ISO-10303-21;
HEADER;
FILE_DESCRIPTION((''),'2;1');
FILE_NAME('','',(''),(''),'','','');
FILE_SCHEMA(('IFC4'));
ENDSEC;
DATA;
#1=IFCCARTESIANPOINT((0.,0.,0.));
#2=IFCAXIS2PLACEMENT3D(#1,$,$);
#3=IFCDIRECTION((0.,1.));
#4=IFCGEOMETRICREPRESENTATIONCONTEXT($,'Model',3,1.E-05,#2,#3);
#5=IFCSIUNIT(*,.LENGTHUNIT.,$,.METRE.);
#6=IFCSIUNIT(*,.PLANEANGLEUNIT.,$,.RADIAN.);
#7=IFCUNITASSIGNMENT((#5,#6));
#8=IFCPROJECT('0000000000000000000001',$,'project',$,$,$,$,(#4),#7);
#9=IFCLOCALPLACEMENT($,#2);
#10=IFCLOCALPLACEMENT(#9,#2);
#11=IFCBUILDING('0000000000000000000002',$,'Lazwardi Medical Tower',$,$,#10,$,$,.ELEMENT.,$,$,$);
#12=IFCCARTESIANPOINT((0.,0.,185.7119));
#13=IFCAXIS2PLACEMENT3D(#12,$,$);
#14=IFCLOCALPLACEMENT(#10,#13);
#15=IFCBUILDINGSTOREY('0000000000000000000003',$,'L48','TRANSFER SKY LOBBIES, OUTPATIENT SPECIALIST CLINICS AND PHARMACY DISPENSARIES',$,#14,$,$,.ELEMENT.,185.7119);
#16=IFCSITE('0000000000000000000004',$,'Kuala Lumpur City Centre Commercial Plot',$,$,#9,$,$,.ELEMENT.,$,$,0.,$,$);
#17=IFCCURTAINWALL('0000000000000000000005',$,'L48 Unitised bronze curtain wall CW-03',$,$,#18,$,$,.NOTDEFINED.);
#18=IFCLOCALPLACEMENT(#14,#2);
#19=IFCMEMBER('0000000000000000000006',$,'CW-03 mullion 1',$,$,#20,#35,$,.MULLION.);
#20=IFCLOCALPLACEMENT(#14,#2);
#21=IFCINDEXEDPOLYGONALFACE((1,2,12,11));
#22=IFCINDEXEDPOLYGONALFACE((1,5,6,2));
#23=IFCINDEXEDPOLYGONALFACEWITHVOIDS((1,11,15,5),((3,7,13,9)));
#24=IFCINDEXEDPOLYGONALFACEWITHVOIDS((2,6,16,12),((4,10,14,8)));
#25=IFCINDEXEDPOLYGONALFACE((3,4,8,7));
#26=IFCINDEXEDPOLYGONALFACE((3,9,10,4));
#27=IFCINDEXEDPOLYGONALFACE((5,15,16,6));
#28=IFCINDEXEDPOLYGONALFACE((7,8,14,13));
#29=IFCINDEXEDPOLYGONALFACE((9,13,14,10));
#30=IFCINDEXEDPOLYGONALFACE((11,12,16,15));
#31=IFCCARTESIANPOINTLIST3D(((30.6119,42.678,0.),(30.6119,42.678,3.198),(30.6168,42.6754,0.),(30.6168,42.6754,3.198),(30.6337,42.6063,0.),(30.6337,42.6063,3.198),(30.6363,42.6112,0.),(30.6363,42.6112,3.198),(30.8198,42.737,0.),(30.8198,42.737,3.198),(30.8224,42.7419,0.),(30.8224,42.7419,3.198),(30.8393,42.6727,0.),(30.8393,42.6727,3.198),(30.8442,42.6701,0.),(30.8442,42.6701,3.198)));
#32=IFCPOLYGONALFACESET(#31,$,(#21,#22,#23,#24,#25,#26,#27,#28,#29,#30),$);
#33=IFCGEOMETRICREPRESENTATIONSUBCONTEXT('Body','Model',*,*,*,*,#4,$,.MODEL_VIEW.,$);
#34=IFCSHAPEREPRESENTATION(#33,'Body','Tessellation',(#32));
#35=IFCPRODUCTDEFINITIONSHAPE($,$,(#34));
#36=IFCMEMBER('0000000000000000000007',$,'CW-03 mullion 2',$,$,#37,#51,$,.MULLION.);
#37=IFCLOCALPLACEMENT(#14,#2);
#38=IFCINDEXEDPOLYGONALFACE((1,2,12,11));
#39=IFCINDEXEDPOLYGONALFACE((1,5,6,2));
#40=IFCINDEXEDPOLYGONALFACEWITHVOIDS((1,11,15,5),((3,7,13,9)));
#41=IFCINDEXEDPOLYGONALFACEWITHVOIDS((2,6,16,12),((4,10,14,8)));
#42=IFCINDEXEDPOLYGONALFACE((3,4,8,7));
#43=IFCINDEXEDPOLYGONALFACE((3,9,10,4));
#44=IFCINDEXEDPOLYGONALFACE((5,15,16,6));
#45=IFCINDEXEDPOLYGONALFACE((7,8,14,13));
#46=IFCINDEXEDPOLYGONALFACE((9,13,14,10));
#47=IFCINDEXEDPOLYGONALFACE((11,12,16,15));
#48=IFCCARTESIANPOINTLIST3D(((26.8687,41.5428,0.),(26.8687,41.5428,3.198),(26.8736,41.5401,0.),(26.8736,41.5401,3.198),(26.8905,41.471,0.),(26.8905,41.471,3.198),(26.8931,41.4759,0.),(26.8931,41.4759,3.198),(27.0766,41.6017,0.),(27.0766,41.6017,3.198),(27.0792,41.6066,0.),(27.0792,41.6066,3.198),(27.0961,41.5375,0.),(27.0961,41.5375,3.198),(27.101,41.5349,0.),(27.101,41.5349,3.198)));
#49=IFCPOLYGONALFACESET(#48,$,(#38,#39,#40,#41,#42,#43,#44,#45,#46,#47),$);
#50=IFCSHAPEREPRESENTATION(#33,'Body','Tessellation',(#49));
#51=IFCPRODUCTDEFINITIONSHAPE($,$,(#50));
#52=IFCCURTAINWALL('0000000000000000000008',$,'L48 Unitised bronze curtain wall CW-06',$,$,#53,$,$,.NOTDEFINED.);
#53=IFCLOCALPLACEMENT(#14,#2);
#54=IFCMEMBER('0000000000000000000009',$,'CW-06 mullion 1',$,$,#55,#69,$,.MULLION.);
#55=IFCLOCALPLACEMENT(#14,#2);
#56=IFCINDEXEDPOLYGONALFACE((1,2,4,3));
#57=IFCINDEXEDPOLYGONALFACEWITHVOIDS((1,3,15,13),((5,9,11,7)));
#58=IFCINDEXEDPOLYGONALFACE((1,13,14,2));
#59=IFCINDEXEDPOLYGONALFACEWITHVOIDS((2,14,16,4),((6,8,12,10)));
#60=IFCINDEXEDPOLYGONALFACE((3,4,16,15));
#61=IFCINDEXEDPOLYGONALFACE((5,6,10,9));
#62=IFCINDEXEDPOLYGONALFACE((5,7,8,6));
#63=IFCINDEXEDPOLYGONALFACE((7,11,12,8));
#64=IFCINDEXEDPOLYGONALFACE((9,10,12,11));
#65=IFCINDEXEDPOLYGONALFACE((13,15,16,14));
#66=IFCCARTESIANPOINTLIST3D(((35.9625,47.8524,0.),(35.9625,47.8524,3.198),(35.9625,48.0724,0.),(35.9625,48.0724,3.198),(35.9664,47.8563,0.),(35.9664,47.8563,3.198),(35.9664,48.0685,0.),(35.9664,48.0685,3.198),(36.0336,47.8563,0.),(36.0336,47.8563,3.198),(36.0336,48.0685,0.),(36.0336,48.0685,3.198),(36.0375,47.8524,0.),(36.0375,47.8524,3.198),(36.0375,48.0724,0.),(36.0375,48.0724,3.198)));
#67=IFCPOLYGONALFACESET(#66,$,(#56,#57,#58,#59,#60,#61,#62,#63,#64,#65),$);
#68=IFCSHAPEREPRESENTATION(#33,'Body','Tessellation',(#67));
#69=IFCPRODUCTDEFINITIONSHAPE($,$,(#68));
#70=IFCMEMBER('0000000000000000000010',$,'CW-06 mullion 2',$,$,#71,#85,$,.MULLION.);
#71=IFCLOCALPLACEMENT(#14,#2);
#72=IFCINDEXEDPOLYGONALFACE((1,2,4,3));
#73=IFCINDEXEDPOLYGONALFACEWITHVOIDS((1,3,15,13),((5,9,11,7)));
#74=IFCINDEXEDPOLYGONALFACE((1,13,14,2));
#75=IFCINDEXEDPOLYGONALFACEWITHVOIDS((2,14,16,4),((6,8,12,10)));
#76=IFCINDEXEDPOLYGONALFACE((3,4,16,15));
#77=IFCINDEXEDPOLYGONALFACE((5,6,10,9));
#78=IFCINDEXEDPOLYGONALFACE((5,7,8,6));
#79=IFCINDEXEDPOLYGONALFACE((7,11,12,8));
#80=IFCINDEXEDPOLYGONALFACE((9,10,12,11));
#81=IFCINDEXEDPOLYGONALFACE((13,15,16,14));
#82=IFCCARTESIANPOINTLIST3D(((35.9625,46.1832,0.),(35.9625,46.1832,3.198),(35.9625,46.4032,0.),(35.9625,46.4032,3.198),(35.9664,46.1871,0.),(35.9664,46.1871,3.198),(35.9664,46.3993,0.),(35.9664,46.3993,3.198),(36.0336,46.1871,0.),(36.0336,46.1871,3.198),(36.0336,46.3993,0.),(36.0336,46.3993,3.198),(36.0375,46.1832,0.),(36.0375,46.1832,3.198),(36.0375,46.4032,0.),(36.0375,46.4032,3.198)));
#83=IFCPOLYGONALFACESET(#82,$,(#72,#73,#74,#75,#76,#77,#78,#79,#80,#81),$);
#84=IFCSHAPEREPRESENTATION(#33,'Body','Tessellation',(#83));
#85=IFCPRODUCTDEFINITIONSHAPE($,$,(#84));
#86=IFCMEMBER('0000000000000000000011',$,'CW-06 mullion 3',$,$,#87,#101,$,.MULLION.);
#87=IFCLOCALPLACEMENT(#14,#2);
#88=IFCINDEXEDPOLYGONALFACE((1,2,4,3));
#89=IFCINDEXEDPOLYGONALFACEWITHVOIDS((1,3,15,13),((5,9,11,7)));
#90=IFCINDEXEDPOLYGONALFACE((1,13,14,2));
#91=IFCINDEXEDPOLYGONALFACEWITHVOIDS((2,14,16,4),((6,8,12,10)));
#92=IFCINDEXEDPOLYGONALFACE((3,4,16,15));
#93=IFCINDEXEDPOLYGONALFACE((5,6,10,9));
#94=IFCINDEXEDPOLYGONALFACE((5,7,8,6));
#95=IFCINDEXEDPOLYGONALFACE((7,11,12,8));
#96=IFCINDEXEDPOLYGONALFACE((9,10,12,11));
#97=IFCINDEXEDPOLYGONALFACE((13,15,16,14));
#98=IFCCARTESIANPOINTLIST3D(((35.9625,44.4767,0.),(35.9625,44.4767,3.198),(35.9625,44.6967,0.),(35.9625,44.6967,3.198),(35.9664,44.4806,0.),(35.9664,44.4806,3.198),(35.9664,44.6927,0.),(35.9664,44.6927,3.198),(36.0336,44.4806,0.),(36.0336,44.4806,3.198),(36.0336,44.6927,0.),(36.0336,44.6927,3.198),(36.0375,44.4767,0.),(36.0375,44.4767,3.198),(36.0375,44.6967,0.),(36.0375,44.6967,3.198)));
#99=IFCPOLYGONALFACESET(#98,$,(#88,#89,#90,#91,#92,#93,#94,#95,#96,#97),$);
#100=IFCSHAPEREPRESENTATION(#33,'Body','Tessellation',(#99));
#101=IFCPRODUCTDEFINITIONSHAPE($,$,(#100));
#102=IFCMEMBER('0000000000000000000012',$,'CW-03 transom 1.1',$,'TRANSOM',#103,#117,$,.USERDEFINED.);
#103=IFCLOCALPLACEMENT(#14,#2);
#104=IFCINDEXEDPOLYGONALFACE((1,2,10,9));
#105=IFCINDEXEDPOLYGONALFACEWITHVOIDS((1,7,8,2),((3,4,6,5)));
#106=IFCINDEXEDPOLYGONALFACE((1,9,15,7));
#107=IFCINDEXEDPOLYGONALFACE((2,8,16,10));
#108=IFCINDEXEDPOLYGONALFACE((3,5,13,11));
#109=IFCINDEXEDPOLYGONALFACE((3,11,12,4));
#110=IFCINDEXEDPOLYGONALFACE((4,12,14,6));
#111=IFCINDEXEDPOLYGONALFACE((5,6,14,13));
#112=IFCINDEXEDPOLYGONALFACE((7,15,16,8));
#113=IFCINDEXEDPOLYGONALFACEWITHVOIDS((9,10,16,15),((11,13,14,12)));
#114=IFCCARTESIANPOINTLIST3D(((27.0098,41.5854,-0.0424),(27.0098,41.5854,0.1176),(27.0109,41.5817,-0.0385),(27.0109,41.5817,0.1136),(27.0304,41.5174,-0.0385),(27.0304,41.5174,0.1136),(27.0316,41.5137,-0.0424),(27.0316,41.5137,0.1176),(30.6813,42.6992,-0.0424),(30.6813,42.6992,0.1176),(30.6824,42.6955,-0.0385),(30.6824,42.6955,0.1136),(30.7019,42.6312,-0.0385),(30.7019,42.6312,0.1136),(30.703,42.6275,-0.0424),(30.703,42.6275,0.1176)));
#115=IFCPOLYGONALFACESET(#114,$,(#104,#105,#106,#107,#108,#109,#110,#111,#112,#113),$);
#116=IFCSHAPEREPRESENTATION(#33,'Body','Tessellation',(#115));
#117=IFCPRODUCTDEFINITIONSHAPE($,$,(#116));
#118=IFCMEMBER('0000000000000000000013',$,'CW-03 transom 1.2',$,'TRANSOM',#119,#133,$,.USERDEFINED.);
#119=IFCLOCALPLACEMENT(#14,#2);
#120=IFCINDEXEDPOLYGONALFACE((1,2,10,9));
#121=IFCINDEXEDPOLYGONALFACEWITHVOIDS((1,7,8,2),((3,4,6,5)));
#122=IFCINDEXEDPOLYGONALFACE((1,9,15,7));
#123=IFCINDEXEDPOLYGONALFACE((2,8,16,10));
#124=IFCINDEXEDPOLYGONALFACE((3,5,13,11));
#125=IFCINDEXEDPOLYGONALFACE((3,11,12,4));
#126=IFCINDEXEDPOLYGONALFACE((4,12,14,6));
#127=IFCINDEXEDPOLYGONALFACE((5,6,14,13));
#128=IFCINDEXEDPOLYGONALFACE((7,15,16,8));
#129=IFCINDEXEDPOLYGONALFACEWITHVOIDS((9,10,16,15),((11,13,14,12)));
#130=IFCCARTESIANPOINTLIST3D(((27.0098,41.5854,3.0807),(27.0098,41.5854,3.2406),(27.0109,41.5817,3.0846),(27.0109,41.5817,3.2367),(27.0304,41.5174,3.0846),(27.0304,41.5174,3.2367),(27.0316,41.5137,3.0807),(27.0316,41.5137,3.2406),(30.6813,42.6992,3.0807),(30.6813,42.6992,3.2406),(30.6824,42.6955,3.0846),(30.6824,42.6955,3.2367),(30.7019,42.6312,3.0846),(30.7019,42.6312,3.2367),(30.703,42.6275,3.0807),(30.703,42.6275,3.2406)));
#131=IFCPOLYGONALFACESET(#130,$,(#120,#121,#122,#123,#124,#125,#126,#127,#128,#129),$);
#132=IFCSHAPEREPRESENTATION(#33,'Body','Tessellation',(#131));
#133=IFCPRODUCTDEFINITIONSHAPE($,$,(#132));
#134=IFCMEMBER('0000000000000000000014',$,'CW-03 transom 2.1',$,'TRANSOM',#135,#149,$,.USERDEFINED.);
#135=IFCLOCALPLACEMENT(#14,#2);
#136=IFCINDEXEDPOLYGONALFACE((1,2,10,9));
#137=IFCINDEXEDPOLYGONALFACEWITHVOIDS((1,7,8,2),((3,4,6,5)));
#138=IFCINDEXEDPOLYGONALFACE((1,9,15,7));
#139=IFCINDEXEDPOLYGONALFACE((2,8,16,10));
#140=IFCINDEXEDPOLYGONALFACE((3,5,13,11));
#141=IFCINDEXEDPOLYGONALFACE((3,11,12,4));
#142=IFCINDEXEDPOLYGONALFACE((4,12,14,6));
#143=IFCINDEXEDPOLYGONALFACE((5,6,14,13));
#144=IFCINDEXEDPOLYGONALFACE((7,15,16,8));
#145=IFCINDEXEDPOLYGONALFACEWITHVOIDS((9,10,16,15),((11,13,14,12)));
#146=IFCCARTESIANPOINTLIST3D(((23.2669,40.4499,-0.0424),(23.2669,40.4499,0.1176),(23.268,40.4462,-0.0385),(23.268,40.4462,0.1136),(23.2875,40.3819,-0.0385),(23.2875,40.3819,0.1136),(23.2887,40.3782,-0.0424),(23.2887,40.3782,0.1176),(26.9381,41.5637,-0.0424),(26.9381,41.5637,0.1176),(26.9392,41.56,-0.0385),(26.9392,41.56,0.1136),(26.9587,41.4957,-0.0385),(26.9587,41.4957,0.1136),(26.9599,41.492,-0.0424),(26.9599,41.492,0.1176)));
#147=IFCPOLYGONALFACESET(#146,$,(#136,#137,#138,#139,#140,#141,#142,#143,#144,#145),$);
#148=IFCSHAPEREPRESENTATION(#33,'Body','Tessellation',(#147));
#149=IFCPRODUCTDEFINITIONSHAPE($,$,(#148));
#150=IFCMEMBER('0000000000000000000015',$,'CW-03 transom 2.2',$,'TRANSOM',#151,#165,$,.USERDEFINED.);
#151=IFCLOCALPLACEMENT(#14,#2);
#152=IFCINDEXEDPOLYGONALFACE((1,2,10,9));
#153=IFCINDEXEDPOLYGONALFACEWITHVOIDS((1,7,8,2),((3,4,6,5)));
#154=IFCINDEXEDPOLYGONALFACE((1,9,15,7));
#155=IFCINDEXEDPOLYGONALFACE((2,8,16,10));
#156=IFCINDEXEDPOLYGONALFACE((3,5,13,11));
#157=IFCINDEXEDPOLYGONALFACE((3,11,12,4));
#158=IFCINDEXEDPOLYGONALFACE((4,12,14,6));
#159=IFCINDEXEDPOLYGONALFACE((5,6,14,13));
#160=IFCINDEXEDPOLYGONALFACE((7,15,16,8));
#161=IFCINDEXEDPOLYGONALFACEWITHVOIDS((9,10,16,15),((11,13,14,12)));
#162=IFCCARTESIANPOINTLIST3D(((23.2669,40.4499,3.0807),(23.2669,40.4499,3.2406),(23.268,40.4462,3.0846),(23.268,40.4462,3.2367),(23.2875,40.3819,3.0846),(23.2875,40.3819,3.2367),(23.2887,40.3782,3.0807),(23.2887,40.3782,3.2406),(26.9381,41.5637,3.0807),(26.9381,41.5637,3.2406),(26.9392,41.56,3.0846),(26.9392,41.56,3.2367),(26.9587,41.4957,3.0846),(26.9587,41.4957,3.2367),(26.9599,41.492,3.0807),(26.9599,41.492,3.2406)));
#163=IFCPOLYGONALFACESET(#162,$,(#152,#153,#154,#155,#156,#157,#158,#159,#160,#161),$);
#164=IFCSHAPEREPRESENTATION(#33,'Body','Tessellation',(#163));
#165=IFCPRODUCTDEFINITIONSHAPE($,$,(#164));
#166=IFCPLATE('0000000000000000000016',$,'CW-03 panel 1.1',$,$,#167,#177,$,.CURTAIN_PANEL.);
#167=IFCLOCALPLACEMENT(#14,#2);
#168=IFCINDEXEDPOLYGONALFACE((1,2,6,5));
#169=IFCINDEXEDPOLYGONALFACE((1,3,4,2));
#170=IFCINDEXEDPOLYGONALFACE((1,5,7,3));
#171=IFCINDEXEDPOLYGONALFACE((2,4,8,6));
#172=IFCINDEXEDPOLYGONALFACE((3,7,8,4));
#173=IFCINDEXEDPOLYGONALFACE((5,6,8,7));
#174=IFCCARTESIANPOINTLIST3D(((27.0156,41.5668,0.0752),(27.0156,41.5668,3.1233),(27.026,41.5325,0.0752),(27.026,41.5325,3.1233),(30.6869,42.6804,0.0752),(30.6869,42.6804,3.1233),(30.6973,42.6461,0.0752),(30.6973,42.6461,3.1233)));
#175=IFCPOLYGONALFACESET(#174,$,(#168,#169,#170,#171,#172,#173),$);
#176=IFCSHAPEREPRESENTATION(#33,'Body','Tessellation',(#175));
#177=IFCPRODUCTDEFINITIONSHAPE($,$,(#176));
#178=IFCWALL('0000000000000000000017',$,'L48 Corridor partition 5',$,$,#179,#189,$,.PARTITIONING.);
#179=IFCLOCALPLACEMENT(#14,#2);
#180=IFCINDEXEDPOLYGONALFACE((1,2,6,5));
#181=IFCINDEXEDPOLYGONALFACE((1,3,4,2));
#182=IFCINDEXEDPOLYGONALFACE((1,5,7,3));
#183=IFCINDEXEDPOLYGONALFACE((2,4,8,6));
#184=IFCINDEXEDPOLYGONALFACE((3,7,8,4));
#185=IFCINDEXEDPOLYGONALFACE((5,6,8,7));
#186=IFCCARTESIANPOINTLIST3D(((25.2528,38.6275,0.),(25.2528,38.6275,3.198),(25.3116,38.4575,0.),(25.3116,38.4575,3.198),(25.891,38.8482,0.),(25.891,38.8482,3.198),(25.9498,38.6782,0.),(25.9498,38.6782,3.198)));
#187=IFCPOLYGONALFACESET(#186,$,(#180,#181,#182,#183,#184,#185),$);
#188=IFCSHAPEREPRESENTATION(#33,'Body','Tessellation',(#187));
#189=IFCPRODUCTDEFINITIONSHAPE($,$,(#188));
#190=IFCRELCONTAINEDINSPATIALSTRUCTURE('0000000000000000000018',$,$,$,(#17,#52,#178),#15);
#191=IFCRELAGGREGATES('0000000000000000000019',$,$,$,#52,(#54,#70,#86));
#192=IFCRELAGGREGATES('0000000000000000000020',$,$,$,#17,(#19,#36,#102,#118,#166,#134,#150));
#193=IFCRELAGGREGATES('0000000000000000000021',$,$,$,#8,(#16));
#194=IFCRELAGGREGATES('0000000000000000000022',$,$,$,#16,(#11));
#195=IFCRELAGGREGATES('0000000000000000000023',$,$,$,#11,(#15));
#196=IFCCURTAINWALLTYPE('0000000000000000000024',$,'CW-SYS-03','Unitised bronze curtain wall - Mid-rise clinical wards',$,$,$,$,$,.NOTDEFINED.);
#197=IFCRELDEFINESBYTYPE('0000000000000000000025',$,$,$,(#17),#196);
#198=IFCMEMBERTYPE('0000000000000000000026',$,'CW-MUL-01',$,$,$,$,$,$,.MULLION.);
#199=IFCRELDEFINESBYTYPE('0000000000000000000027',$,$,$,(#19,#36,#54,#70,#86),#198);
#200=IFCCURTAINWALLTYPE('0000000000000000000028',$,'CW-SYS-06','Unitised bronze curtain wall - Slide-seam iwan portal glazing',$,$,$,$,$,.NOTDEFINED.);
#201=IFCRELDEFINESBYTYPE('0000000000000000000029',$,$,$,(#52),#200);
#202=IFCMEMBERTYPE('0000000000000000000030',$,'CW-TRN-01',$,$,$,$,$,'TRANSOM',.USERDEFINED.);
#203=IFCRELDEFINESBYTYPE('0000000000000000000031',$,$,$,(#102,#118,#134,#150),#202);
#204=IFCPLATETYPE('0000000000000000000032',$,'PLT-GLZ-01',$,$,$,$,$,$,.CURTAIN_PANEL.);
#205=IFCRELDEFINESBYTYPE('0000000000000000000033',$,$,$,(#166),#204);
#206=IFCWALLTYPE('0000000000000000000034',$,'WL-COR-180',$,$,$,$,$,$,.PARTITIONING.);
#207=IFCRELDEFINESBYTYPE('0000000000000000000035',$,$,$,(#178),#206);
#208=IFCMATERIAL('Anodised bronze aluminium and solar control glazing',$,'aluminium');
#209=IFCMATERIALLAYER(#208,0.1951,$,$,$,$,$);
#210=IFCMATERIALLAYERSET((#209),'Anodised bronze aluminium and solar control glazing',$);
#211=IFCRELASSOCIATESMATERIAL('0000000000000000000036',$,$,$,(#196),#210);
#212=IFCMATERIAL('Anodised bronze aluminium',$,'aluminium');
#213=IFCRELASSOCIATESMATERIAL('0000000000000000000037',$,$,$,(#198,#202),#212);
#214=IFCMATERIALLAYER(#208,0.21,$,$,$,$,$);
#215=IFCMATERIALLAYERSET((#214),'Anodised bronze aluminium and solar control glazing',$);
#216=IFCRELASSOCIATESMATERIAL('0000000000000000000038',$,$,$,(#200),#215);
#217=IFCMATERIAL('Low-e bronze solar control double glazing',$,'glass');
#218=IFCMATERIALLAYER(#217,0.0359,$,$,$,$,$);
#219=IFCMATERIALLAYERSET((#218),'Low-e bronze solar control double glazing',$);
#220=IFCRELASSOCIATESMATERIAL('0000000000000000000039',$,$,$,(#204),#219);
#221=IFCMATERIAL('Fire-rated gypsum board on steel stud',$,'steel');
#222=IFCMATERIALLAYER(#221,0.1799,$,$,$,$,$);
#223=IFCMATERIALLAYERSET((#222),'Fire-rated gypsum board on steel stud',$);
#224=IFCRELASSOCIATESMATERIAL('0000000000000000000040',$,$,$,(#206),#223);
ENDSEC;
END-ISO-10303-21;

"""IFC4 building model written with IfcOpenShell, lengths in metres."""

from ifc_helpers import new_model, si_unit, direction, frame, frame_2d, origin, origin_2d, place, context, subcontext, project, spatial, rectangle, hollow_rectangle, extrude, material, layer, layer_set, material_profile, profile_set, type_object, element, aggregate, save


model = new_model("IFC4")

# Units and contexts
model_context = context("Model", 3, precision=1e-05, world=origin(), true_north=direction((0.0, 1.0)))
body_context = subcontext(model_context, "Body", "Model", "MODEL_VIEW")
ifc_project = project(units=[si_unit("LENGTHUNIT", "METRE"), si_unit("PLANEANGLEUNIT", "RADIAN")], contexts=[model_context])

# Site, building, storey
site_placement = place(None, origin())
site = spatial("IfcSite", under=ifc_project, at=site_placement, Name="Kuala Lumpur City Centre Commercial Plot", CompositionType="ELEMENT", RefElevation=0.0)
building_placement = place(site_placement, origin())
building = spatial("IfcBuilding", under=site, at=building_placement, Name="Lazwardi Medical Tower", CompositionType="ELEMENT")
storey_placement = place(building_placement, frame((0.0, 0.0, 185.7119)))
storey = spatial("IfcBuildingStorey", under=building, at=storey_placement, Name="L48", Description="TRANSFER SKY LOBBIES, OUTPATIENT SPECIALIST CLINICS AND PHARMACY DISPENSARIES", CompositionType="ELEMENT", Elevation=185.7119)

# Curtain walls, members
ifc_material_1 = material(Name="Anodised bronze aluminium and solar control glazing", Category="aluminium")
ifc_layer_1 = layer(ifc_material_1, 0.1951)
ifc_layer_set_1 = layer_set([ifc_layer_1], Name="Anodised bronze aluminium and solar control glazing")
curtain_wall_type_1 = type_object("IfcCurtainWallType", Name="CW-SYS-03", Description="Unitised bronze curtain wall - Mid-rise clinical wards", PredefinedType="NOTDEFINED", material=ifc_layer_set_1)
curtain_wall_1_placement = place(storey_placement, origin())
curtain_wall_1 = element("IfcCurtainWall", 1, at=curtain_wall_1_placement, inside=storey, type_object=curtain_wall_type_1, Name="L48 Unitised bronze curtain wall CW-03", PredefinedType="NOTDEFINED")
ifc_material_2 = material(Name="Anodised bronze aluminium", Category="aluminium")
ifc_material_profile_1 = material_profile(ifc_material_2, hollow_rectangle(XDim=0.075, YDim=0.22, WallThickness=0.0039, at=origin_2d()), Name="ALU-MULLION 220x75x4")
ifc_profile_set_1 = profile_set([ifc_material_profile_1], Name="Anodised bronze aluminium")
member_type_1 = type_object("IfcMemberType", Name="CW-MUL-01", PredefinedType="MULLION", material=ifc_profile_set_1)
member_1_placement = place(storey_placement, frame((30.728, 42.6741, 0.0), z_axis=(0.0, 0.0, 1.0), x_axis=(0.290281, -0.956942, 0.0)))
member_1 = element("IfcMember", 2, at=member_1_placement, type_object=member_type_1, Name="CW-03 mullion 1", PredefinedType="MULLION", context=body_context, shape_type="SweptSolid", body=[
    extrude(hollow_rectangle(XDim=0.075, YDim=0.22, WallThickness=0.0039, at=origin_2d()), origin(), (0.0, 0.0, 1.0), 3.198),
])
member_2_placement = place(storey_placement, frame((26.9849, 41.5388, 0.0), z_axis=(0.0, 0.0, 1.0), x_axis=(0.290281, -0.956942, 0.0)))
member_2 = element("IfcMember", 3, at=member_2_placement, type_object=member_type_1, Name="CW-03 mullion 2", PredefinedType="MULLION", context=body_context, shape_type="SweptSolid", body=[
    extrude(hollow_rectangle(XDim=0.075, YDim=0.22, WallThickness=0.0039, at=origin_2d()), origin(), (0.0, 0.0, 1.0), 3.198),
])
ifc_layer_2 = layer(ifc_material_1, 0.21)
ifc_layer_set_2 = layer_set([ifc_layer_2], Name="Anodised bronze aluminium and solar control glazing")
curtain_wall_type_2 = type_object("IfcCurtainWallType", Name="CW-SYS-06", Description="Unitised bronze curtain wall - Slide-seam iwan portal glazing", PredefinedType="NOTDEFINED", material=ifc_layer_set_2)
curtain_wall_2_placement = place(storey_placement, origin())
curtain_wall_2 = element("IfcCurtainWall", 4, at=curtain_wall_2_placement, inside=storey, type_object=curtain_wall_type_2, Name="L48 Unitised bronze curtain wall CW-06", PredefinedType="NOTDEFINED")
member_3_placement = place(storey_placement, frame((36.0, 47.9624, 0.0), z_axis=(0.0, 0.0, 1.0), x_axis=(1.0, 0.0, 0.0)))
member_3 = element("IfcMember", 5, at=member_3_placement, type_object=member_type_1, Name="CW-06 mullion 1", PredefinedType="MULLION", context=body_context, shape_type="SweptSolid", body=[
    extrude(hollow_rectangle(XDim=0.075, YDim=0.22, WallThickness=0.0039, at=origin_2d()), origin(), (0.0, 0.0, 1.0), 3.198),
])
member_4_placement = place(storey_placement, frame((36.0, 46.2932, 0.0), z_axis=(0.0, 0.0, 1.0), x_axis=(1.0, 0.0, 0.0)))
member_4 = element("IfcMember", 6, at=member_4_placement, type_object=member_type_1, Name="CW-06 mullion 2", PredefinedType="MULLION", context=body_context, shape_type="SweptSolid", body=[
    extrude(hollow_rectangle(XDim=0.075, YDim=0.22, WallThickness=0.0039, at=origin_2d()), origin(), (0.0, 0.0, 1.0), 3.198),
])
member_5_placement = place(storey_placement, frame((36.0, 44.5867, 0.0), z_axis=(0.0, 0.0, 1.0), x_axis=(1.0, 0.0, 0.0)))
member_5 = element("IfcMember", 7, at=member_5_placement, type_object=member_type_1, Name="CW-06 mullion 3", PredefinedType="MULLION", context=body_context, shape_type="SweptSolid", body=[
    extrude(hollow_rectangle(XDim=0.075, YDim=0.22, WallThickness=0.0039, at=origin_2d()), origin(), (0.0, 0.0, 1.0), 3.198),
])
aggregate(curtain_wall_2, [member_3, member_4, member_5])

# Members
ifc_material_profile_2 = material_profile(ifc_material_2, hollow_rectangle(XDim=0.075, YDim=0.1599, WallThickness=0.0039, at=origin_2d()), Name="ALU-TRANSOM 160x75x4")
ifc_profile_set_2 = profile_set([ifc_material_profile_2], Name="Anodised bronze aluminium")
member_type_2 = type_object("IfcMemberType", Name="CW-TRN-01", ElementType="TRANSOM", PredefinedType="USERDEFINED", material=ifc_profile_set_2)
member_6_placement = place(storey_placement, frame((30.6921, 42.6633, 0.0376), z_axis=(-0.956936, -0.290301, 0.0), x_axis=(0.290301, -0.956936, 0.0)))
member_6 = element("IfcMember", 8, at=member_6_placement, type_object=member_type_2, Name="CW-03 transom 1.1", ObjectType="TRANSOM", PredefinedType="USERDEFINED", context=body_context, shape_type="SweptSolid", body=[
    extrude(hollow_rectangle(XDim=0.075, YDim=0.1599, WallThickness=0.0039, at=origin_2d()), origin(), (0.0, 0.0, 1.0), 3.8367),
])
member_7_placement = place(storey_placement, frame((30.6921, 42.6633, 3.1606), z_axis=(-0.956936, -0.290301, 0.0), x_axis=(0.290301, -0.956936, 0.0)))
member_7 = element("IfcMember", 9, at=member_7_placement, type_object=member_type_2, Name="CW-03 transom 1.2", ObjectType="TRANSOM", PredefinedType="USERDEFINED", context=body_context, shape_type="SweptSolid", body=[
    extrude(hollow_rectangle(XDim=0.075, YDim=0.1599, WallThickness=0.0039, at=origin_2d()), origin(), (0.0, 0.0, 1.0), 3.8367),
])
member_8_placement = place(storey_placement, frame((26.949, 41.5278, 0.0376), z_axis=(-0.95693, -0.290318, 0.0), x_axis=(0.290318, -0.95693, 0.0)))
member_8 = element("IfcMember", 10, at=member_8_placement, type_object=member_type_2, Name="CW-03 transom 2.1", ObjectType="TRANSOM", PredefinedType="USERDEFINED", context=body_context, shape_type="SweptSolid", body=[
    extrude(hollow_rectangle(XDim=0.075, YDim=0.1599, WallThickness=0.0039, at=origin_2d()), origin(), (0.0, 0.0, 1.0), 3.8364),
])
member_9_placement = place(storey_placement, frame((26.949, 41.5278, 3.1606), z_axis=(-0.95693, -0.290318, 0.0), x_axis=(0.290318, -0.95693, 0.0)))
member_9 = element("IfcMember", 11, at=member_9_placement, type_object=member_type_2, Name="CW-03 transom 2.2", ObjectType="TRANSOM", PredefinedType="USERDEFINED", context=body_context, shape_type="SweptSolid", body=[
    extrude(hollow_rectangle(XDim=0.075, YDim=0.1599, WallThickness=0.0039, at=origin_2d()), origin(), (0.0, 0.0, 1.0), 3.8364),
])

# Plate
ifc_material_3 = material(Name="Low-e bronze solar control double glazing", Category="glass")
ifc_layer_3 = layer(ifc_material_3, 0.0359)
ifc_layer_set_3 = layer_set([ifc_layer_3], Name="Low-e bronze solar control double glazing")
plate_type = type_object("IfcPlateType", Name="PLT-GLZ-01", PredefinedType="CURTAIN_PANEL", material=ifc_layer_set_3)
plate_placement = place(storey_placement, frame((28.8564, 42.1064, 0.0752), z_axis=(0.0, 0.0, 1.0), x_axis=(-0.956942, -0.290281, 0.0)))
plate = element("IfcPlate", 12, at=plate_placement, type_object=plate_type, Name="CW-03 panel 1.1", PredefinedType="CURTAIN_PANEL", context=body_context, shape_type="SweptSolid", body=[
    extrude(rectangle(XDim=3.8364, YDim=0.0359, at=origin_2d()), origin(), (0.0, 0.0, 1.0), 3.0481),
])
aggregate(curtain_wall_1, [member_1, member_2, member_6, member_7, plate, member_8, member_9])

# Wall
ifc_material_4 = material(Name="Fire-rated gypsum board on steel stud", Category="steel")
ifc_layer_4 = layer(ifc_material_4, 0.1799)
ifc_layer_set_4 = layer_set([ifc_layer_4], Name="Fire-rated gypsum board on steel stud")
wall_type_1 = type_object("IfcWallType", Name="WL-COR-180", PredefinedType="PARTITIONING", material=ifc_layer_set_4)
wall_1_placement = place(storey_placement, frame((25.2822, 38.5425, 0.0), z_axis=(0.0, 0.0, 1.0), x_axis=(0.945081, 0.326837, 0.0)))
element("IfcWall", 13, at=wall_1_placement, inside=storey, type_object=wall_type_1, Name="L48 Corridor partition 5", PredefinedType="PARTITIONING", context=body_context, shape_type="SweptSolid", body=[
    extrude(rectangle(XDim=0.6753, YDim=0.1799, at=frame_2d((0.3376, 0.0))), origin(), (0.0, 0.0, 1.0), 3.198),
])

save(model, "model.ifc")
